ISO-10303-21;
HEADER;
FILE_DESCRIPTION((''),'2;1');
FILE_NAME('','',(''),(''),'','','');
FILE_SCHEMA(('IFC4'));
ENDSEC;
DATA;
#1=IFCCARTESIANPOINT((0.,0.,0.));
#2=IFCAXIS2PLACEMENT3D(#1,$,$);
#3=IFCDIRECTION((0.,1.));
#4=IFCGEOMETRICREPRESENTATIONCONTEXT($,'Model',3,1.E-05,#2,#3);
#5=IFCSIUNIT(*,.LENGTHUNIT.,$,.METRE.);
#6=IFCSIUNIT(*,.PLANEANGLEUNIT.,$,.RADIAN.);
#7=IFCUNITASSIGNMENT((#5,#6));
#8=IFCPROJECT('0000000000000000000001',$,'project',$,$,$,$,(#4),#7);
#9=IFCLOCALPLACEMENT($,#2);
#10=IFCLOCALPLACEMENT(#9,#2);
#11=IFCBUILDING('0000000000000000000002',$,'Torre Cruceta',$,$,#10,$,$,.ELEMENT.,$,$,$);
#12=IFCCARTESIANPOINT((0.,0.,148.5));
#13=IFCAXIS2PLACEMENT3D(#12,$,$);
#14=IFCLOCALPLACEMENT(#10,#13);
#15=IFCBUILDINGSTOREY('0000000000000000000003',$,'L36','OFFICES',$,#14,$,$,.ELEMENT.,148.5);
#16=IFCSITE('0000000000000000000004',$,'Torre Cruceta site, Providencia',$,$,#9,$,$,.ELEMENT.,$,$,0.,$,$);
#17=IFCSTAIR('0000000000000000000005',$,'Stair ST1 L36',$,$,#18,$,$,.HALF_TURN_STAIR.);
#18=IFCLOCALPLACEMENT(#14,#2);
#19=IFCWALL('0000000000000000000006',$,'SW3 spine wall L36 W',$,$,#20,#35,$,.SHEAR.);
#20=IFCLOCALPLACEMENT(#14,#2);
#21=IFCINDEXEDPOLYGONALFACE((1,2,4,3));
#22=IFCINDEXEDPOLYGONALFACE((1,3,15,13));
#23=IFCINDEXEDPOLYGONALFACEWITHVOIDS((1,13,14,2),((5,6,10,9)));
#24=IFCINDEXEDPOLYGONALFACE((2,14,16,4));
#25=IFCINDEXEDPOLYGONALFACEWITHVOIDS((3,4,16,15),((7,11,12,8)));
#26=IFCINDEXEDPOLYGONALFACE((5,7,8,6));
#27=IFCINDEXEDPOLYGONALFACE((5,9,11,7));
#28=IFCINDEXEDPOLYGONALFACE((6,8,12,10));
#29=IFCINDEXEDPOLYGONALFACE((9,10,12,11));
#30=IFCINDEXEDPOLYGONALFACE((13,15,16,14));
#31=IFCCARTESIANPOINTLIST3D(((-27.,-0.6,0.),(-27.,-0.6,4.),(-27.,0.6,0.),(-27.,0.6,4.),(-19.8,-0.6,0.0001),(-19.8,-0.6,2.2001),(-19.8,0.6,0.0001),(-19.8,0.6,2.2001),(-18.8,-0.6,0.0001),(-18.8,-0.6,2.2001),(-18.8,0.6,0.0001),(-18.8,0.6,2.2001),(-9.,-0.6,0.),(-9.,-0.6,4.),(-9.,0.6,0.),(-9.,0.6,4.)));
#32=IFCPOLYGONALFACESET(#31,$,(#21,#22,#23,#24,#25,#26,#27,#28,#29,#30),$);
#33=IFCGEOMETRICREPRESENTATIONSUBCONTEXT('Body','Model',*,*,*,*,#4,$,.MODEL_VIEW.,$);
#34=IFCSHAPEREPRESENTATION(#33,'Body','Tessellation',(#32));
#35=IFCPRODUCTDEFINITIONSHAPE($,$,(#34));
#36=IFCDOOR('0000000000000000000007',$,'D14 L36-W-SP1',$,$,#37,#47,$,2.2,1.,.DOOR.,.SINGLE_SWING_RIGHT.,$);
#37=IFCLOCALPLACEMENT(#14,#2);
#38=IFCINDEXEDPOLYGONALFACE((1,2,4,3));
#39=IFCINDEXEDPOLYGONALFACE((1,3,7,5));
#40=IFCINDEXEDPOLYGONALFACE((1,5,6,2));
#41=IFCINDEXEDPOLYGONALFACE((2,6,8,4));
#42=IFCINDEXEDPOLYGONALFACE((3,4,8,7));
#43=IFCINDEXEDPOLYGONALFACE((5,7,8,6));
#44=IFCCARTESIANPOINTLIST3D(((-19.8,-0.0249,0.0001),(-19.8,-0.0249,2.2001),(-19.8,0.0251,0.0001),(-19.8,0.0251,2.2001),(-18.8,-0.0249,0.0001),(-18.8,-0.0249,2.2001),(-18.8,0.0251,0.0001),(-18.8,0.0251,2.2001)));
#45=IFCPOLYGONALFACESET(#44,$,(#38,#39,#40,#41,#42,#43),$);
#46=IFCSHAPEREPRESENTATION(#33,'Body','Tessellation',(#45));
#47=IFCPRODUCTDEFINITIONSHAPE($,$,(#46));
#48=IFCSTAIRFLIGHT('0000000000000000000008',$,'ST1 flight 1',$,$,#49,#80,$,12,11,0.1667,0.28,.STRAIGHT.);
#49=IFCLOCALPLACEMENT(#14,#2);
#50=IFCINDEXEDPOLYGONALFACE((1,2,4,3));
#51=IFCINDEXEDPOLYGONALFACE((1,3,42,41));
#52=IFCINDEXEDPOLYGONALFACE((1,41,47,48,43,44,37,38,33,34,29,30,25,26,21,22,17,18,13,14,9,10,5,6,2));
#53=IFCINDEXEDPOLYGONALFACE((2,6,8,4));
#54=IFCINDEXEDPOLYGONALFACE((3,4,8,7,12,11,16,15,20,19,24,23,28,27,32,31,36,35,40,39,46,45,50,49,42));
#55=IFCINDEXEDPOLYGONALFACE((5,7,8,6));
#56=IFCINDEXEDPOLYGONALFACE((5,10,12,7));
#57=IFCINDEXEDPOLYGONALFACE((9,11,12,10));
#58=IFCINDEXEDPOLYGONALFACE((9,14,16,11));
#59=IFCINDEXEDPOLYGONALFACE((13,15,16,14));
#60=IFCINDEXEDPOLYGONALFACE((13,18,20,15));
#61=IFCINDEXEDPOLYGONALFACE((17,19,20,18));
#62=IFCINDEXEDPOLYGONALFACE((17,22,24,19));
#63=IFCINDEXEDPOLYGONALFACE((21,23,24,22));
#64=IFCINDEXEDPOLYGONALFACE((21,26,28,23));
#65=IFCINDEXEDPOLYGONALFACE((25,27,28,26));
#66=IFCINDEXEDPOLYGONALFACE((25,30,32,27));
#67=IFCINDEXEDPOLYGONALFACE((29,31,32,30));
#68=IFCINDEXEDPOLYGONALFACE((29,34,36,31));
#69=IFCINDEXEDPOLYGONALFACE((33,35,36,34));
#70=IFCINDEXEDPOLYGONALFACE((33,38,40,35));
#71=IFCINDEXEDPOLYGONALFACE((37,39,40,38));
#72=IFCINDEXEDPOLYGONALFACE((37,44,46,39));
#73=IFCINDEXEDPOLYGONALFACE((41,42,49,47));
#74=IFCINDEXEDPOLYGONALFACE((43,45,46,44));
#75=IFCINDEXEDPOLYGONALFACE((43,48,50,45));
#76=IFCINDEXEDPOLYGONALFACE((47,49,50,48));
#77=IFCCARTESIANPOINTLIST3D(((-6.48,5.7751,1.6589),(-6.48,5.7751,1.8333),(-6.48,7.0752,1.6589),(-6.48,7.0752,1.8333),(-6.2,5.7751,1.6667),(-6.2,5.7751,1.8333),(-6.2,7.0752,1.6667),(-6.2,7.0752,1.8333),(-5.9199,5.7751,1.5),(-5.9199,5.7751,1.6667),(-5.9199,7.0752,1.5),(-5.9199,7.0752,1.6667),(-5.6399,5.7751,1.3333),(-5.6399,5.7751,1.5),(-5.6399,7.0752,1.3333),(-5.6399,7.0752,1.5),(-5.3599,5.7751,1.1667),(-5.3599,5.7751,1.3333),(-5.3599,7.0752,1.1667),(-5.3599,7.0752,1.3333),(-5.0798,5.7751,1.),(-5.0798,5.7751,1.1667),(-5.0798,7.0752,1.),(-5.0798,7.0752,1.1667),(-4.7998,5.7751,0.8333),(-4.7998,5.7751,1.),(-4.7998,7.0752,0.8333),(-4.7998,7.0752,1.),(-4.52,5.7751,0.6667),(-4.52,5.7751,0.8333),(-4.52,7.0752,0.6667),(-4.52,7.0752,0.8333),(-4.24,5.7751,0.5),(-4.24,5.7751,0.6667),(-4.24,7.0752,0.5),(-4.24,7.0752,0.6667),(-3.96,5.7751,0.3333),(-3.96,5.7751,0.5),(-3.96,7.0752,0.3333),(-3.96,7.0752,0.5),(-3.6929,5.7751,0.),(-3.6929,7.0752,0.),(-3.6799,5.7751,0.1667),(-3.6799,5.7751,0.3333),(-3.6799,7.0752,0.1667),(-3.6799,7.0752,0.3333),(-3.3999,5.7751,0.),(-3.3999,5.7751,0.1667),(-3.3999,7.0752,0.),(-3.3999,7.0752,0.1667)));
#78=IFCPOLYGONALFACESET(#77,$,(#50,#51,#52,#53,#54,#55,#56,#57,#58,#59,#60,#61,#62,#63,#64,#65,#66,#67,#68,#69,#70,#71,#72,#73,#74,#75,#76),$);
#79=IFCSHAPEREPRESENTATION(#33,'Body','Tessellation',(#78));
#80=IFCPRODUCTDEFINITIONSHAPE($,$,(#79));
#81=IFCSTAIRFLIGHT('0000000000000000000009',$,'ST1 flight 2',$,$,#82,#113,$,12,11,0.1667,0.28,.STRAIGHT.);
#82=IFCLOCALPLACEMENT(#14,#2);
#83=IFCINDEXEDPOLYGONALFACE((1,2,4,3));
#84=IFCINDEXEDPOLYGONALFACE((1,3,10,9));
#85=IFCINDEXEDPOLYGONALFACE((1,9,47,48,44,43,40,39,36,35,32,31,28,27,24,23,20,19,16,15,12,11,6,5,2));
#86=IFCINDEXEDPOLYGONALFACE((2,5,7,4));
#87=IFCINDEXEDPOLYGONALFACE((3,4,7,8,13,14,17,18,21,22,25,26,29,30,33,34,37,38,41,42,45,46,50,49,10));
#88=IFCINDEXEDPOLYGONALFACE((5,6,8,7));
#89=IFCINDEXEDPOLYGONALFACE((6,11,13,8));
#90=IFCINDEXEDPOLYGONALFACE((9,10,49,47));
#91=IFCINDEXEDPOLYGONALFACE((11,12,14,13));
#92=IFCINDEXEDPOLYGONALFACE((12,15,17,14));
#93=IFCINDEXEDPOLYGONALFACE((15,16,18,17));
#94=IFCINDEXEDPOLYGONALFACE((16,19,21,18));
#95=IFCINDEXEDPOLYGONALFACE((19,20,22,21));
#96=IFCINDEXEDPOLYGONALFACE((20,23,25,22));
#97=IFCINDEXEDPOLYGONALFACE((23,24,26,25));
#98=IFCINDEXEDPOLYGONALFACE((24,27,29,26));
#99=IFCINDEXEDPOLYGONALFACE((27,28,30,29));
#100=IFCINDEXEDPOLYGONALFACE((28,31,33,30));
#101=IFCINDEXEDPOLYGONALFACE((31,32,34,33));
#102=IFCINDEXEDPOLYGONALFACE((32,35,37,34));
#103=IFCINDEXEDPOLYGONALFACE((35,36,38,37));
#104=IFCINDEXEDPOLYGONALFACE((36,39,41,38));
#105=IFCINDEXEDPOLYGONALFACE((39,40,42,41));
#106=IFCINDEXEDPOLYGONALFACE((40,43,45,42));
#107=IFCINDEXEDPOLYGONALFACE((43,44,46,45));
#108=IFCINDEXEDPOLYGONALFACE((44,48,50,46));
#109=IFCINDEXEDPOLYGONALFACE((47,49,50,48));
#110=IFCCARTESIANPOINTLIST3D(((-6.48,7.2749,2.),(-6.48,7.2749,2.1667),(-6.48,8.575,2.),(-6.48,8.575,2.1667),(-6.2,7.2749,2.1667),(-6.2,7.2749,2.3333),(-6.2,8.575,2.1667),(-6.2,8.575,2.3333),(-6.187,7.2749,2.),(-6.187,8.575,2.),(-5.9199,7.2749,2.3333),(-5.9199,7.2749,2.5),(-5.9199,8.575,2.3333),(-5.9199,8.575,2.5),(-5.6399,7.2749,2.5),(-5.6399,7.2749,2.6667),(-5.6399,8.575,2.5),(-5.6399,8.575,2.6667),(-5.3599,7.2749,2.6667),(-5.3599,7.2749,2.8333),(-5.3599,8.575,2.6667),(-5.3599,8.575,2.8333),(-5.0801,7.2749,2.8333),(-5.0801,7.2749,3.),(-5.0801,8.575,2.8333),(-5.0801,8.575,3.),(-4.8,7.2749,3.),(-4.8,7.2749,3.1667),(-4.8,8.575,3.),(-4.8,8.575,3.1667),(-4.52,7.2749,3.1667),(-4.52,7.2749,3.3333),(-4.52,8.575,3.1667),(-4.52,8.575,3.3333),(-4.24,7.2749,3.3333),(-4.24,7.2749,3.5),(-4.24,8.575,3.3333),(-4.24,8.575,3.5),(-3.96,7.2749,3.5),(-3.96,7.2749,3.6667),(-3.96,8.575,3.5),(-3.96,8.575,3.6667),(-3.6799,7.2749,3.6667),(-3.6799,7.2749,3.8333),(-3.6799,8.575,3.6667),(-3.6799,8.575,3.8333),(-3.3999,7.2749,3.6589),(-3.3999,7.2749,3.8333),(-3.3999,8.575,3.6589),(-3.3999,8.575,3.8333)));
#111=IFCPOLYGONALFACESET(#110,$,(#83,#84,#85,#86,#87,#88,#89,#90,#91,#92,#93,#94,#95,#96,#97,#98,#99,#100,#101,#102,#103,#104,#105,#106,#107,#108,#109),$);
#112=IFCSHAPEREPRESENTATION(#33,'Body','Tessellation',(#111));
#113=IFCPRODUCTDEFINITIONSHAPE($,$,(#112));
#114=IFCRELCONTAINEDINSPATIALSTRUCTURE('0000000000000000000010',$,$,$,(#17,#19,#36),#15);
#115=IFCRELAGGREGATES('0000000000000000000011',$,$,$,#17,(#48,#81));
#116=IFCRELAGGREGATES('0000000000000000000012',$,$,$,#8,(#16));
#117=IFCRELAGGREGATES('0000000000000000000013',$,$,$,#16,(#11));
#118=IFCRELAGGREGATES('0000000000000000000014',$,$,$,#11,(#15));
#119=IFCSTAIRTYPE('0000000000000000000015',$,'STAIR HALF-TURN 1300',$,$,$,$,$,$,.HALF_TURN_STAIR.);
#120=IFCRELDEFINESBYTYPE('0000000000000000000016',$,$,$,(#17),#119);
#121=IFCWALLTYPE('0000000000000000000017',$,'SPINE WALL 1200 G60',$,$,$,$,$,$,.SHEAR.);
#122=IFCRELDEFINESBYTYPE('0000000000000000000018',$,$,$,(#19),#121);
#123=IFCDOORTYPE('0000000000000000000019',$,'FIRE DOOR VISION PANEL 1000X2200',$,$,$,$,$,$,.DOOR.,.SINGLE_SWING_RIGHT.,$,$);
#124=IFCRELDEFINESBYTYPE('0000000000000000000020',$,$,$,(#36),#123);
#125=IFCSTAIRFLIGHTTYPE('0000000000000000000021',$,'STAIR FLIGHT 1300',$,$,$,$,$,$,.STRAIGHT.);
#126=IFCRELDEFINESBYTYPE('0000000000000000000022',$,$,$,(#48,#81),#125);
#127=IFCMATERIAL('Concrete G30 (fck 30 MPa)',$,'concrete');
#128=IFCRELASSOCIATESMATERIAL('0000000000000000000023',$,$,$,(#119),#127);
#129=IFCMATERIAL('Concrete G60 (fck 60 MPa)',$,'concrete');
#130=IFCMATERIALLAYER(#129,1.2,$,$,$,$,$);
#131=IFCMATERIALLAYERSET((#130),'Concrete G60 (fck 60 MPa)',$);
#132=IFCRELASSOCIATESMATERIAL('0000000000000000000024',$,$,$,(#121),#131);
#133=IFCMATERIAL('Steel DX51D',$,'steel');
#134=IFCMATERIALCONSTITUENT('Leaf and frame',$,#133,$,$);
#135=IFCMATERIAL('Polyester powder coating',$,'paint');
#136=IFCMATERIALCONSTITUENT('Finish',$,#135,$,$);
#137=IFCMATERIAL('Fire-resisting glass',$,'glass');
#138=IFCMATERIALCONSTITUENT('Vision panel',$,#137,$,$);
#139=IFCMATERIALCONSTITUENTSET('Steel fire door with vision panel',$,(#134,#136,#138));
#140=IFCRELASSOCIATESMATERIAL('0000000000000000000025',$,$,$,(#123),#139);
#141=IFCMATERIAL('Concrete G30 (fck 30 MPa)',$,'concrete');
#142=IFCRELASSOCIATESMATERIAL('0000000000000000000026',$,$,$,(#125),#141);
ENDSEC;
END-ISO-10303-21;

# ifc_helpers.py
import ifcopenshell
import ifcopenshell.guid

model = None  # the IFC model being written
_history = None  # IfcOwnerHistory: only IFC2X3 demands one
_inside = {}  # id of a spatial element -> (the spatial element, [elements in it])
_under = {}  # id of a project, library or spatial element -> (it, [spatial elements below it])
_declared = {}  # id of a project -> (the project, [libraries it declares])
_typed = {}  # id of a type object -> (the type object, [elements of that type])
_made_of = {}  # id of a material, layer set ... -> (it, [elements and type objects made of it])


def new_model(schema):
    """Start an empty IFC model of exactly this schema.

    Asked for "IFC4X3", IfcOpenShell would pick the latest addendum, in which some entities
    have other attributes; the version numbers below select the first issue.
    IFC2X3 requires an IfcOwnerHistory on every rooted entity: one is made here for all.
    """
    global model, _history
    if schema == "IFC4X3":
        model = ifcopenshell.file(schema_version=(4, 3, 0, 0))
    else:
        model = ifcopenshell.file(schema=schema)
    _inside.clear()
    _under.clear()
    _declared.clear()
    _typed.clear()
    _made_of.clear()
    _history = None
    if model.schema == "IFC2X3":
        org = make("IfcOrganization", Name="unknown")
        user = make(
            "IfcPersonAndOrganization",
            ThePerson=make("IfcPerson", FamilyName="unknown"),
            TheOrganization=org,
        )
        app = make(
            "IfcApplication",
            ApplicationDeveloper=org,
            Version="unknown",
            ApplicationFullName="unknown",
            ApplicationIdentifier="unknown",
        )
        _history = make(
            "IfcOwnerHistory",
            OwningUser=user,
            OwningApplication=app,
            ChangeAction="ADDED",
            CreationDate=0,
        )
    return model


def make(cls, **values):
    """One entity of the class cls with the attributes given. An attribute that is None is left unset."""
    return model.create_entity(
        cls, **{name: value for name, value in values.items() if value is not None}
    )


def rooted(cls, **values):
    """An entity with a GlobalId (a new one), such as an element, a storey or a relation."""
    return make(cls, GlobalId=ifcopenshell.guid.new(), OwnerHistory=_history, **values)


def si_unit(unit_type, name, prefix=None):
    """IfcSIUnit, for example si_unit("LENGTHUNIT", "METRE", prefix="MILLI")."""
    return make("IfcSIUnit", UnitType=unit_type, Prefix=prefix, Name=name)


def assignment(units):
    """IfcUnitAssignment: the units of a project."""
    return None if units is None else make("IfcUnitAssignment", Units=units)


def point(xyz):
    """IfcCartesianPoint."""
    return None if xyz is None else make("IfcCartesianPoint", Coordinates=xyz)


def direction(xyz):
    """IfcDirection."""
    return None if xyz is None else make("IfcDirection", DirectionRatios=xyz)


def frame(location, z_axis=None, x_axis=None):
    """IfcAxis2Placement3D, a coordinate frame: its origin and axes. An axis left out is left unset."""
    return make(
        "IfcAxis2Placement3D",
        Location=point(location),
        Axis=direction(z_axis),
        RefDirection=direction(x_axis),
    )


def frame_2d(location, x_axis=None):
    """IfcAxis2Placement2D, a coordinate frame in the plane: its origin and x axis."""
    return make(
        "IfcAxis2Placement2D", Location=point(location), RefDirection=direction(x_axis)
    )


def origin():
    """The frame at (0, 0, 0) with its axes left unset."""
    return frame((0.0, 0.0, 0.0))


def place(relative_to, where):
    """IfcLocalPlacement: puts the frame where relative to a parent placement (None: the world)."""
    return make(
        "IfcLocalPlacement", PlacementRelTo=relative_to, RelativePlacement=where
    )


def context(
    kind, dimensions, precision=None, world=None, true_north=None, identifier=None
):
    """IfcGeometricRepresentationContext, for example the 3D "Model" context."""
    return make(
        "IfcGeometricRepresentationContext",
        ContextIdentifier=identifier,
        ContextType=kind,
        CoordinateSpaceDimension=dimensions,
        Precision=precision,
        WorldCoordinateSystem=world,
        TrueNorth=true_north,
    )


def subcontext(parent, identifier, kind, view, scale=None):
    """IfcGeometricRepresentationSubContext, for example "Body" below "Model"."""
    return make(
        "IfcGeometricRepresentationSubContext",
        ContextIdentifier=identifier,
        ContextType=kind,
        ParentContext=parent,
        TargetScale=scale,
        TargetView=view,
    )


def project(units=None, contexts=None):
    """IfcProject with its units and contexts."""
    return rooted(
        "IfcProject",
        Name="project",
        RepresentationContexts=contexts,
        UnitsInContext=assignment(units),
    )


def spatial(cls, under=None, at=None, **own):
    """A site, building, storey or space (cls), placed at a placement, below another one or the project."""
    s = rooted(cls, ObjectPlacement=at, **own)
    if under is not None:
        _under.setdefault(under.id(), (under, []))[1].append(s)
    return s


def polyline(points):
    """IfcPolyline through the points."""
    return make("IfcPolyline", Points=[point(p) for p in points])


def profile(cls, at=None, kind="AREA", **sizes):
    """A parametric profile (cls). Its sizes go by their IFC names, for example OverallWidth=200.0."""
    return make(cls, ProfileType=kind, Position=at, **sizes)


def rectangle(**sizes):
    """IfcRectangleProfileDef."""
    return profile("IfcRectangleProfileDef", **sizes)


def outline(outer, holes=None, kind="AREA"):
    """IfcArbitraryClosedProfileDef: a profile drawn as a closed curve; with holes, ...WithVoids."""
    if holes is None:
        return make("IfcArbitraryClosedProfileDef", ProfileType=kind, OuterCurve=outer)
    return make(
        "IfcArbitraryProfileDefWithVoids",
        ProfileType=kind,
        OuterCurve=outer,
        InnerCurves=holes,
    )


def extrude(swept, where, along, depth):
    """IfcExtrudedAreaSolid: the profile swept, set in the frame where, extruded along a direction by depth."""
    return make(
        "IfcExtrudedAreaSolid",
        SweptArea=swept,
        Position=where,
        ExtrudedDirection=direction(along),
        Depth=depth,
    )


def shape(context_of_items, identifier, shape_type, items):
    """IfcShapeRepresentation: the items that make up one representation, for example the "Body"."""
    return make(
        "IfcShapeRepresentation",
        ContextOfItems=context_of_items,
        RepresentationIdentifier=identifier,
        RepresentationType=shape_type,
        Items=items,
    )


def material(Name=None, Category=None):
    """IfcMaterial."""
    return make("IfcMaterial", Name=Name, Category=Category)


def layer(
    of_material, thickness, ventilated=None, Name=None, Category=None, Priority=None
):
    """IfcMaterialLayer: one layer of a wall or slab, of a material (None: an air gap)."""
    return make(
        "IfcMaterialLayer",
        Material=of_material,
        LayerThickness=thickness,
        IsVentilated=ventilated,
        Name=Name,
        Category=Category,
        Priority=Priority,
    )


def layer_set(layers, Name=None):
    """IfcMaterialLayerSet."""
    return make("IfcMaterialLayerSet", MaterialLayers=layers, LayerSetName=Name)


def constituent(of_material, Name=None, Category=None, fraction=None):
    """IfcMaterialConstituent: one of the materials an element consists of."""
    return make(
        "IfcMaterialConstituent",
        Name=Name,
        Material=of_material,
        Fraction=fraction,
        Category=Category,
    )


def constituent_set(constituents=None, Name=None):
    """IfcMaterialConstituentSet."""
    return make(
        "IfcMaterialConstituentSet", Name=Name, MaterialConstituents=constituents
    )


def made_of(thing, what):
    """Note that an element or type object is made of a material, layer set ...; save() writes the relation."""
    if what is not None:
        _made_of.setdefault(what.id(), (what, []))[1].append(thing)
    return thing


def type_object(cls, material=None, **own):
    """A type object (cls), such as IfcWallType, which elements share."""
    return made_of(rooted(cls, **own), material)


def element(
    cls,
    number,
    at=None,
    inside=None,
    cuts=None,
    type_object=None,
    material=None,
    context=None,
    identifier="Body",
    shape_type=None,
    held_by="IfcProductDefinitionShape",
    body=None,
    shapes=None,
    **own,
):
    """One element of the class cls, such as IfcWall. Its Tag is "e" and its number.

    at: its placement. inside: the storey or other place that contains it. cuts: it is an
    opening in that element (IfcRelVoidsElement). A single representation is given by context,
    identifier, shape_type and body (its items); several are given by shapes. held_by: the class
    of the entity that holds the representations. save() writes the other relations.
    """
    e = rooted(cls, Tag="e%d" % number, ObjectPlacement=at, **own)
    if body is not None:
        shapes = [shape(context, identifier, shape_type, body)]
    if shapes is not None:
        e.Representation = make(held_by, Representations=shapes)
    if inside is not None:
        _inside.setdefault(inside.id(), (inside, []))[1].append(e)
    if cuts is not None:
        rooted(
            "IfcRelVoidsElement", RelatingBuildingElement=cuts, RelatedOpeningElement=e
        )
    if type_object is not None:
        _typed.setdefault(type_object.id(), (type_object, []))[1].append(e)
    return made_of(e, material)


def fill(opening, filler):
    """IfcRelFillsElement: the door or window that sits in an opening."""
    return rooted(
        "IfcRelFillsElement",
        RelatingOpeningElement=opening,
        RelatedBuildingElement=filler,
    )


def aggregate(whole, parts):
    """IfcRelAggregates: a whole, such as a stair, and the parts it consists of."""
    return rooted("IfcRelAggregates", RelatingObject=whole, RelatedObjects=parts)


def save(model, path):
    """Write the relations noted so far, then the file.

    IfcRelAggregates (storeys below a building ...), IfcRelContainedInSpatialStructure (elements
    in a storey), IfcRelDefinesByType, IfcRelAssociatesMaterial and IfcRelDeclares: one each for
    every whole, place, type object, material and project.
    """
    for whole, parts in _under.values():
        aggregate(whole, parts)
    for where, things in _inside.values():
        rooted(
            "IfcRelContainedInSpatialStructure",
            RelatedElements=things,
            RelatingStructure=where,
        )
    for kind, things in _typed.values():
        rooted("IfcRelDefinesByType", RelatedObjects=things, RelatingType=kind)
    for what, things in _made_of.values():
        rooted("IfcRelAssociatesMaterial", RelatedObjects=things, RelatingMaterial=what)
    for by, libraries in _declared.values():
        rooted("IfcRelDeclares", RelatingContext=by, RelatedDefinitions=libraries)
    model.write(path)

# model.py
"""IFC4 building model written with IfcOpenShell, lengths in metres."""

from ifc_helpers import new_model, si_unit, direction, frame, frame_2d, origin, place, context, subcontext, project, spatial, polyline, rectangle, outline, extrude, material, layer, layer_set, constituent, constituent_set, type_object, element, fill, aggregate, save


model = new_model("IFC4")

# Units and contexts
model_context = context("Model", 3, precision=1e-05, world=origin(), true_north=direction((0.0, 1.0)))
body_context = subcontext(model_context, "Body", "Model", "MODEL_VIEW")
ifc_project = project(units=[si_unit("LENGTHUNIT", "METRE"), si_unit("PLANEANGLEUNIT", "RADIAN")], contexts=[model_context])

# Site, building, storey
site_placement = place(None, origin())
site = spatial("IfcSite", under=ifc_project, at=site_placement, Name="Torre Cruceta site, Providencia", CompositionType="ELEMENT", RefElevation=0.0)
building_placement = place(site_placement, origin())
building = spatial("IfcBuilding", under=site, at=building_placement, Name="Torre Cruceta", CompositionType="ELEMENT")
storey_placement = place(building_placement, frame((0.0, 0.0, 148.5)))
storey = spatial("IfcBuildingStorey", under=building, at=storey_placement, Name="L36", Description="OFFICES", CompositionType="ELEMENT", Elevation=148.5)

# Stair
ifc_material_1 = material(Name="Concrete G30 (fck 30 MPa)", Category="concrete")
stair_type = type_object("IfcStairType", Name="STAIR HALF-TURN 1300", PredefinedType="HALF_TURN_STAIR", material=ifc_material_1)
stair_1_placement = place(storey_placement, origin())
stair_1 = element("IfcStair", 1, at=stair_1_placement, inside=storey, type_object=stair_type, Name="Stair ST1 L36", PredefinedType="HALF_TURN_STAIR")

# Wall, opening, door
ifc_material_2 = material(Name="Concrete G60 (fck 60 MPa)", Category="concrete")
ifc_layer_1 = layer(ifc_material_2, 1.2)
ifc_layer_set_1 = layer_set([ifc_layer_1], Name="Concrete G60 (fck 60 MPa)")
wall_type_1 = type_object("IfcWallType", Name="SPINE WALL 1200 G60", PredefinedType="SHEAR", material=ifc_layer_set_1)
wall_1_placement = place(storey_placement, frame((-9.0, 0.0, 0.0), z_axis=(0.0, 0.0, 1.0), x_axis=(-1.0, 0.0, 0.0)))
wall_1 = element("IfcWall", 2, at=wall_1_placement, inside=storey, type_object=wall_type_1, Name="SW3 spine wall L36 W", PredefinedType="SHEAR", context=body_context, shape_type="SweptSolid", body=[
    extrude(rectangle(XDim=18.0, YDim=1.2, at=frame_2d((9.0, 0.0))), origin(), (0.0, 0.0, 1.0), 4.0),
])
opening_1_placement = place(wall_1_placement, frame((9.8, 0.0, 0.0)))
opening_1 = element("IfcOpeningElement", 3, at=opening_1_placement, cuts=wall_1, PredefinedType="OPENING", context=body_context, shape_type="SweptSolid", body=[
    extrude(rectangle(XDim=1.0, YDim=2.2, at=frame_2d((0.5, 1.1001))), frame((0.0, 0.6099, 0.0), z_axis=(0.0, -1.0, 0.0), x_axis=(1.0, 0.0, 0.0)), (0.0, 0.0, 1.0), 1.22),
])
ifc_material_3 = material(Name="Steel DX51D", Category="steel")
ifc_constituent_1 = constituent(ifc_material_3, Name="Leaf and frame")
ifc_material_4 = material(Name="Polyester powder coating", Category="paint")
ifc_constituent_2 = constituent(ifc_material_4, Name="Finish")
ifc_material_5 = material(Name="Fire-resisting glass", Category="glass")
ifc_constituent_3 = constituent(ifc_material_5, Name="Vision panel")
ifc_constituent_set_1 = constituent_set(constituents=[ifc_constituent_1, ifc_constituent_2, ifc_constituent_3], Name="Steel fire door with vision panel")
door_type_1 = type_object("IfcDoorType", Name="FIRE DOOR VISION PANEL 1000X2200", OperationType="SINGLE_SWING_RIGHT", PredefinedType="DOOR", material=ifc_constituent_set_1)
door_1_placement = place(opening_1_placement, frame((1.0, 0.0, 0.0), z_axis=(0.0, 0.0, 1.0), x_axis=(-1.0, 0.0, 0.0)))
door_1 = element("IfcDoor", 4, at=door_1_placement, inside=storey, type_object=door_type_1, Name="D14 L36-W-SP1", OperationType="SINGLE_SWING_RIGHT", OverallHeight=2.2, OverallWidth=1.0, PredefinedType="DOOR", context=body_context, shape_type="SweptSolid", body=[
    extrude(rectangle(XDim=1.0, YDim=2.2, at=frame_2d((0.5, 1.1001))), frame((0.0, 0.0251, 0.0), z_axis=(0.0, -1.0, 0.0), x_axis=(1.0, 0.0, 0.0)), (0.0, 0.0, 1.0), 0.05),
])
fill(opening_1, door_1)

# Stair flights
ifc_material_6 = material(Name="Concrete G30 (fck 30 MPa)", Category="concrete")
stair_flight_type = type_object("IfcStairFlightType", Name="STAIR FLIGHT 1300", PredefinedType="STRAIGHT", material=ifc_material_6)
stair_flight_1_placement = place(storey_placement, frame((-3.3999, 6.425, 0.0), z_axis=(0.0, 0.0, 1.0), x_axis=(-1.0, 0.0, 0.0)))
stair_flight_1 = element("IfcStairFlight", 5, at=stair_flight_1_placement, type_object=stair_flight_type, Name="ST1 flight 1", NumberOfRisers=12, NumberOfTreads=11, PredefinedType="STRAIGHT", RiserHeight=0.1667, TreadLength=0.28, context=body_context, shape_type="SweptSolid", body=[
    extrude(outline(polyline([(0.0, 0.0), (0.0, 0.1667), (0.28, 0.1667), (0.28, 0.3333), (0.5601, 0.3333), (0.5601, 0.5), (0.8401, 0.5), (0.8401, 0.6667), (1.1201, 0.6667), (1.1201, 0.8333), (1.3999, 0.8333), (1.3999, 1.0), (1.6799, 1.0), (1.6799, 1.1667), (1.96, 1.1667), (1.96, 1.3333), (2.24, 1.3333), (2.24, 1.5), (2.52, 1.5), (2.52, 1.6667), (2.8, 1.6667), (2.8, 1.8333), (3.0801, 1.8333), (3.0801, 2.0), (3.0801, 1.6589), (0.293, 0.0), (0.0, 0.0)])), frame((0.0, 0.6499, 0.0), z_axis=(0.0, -1.0, 0.0), x_axis=(1.0, 0.0, 0.0)), (0.0, 0.0, 1.0), 1.3),
])
stair_flight_2_placement = place(storey_placement, frame((-6.48, 7.925, 2.0), z_axis=(0.0, 0.0, 1.0), x_axis=(1.0, 0.0, 0.0)))
stair_flight_2 = element("IfcStairFlight", 6, at=stair_flight_2_placement, type_object=stair_flight_type, Name="ST1 flight 2", NumberOfRisers=12, NumberOfTreads=11, PredefinedType="STRAIGHT", RiserHeight=0.1667, TreadLength=0.28, context=body_context, shape_type="SweptSolid", body=[
    extrude(outline(polyline([(0.0, 0.0), (0.0, 0.1667), (0.28, 0.1667), (0.28, 0.3333), (0.5601, 0.3333), (0.5601, 0.5), (0.8401, 0.5), (0.8401, 0.6667), (1.1201, 0.6667), (1.1201, 0.8333), (1.3999, 0.8333), (1.3999, 1.0), (1.6799, 1.0), (1.6799, 1.1667), (1.96, 1.1667), (1.96, 1.3333), (2.24, 1.3333), (2.24, 1.5), (2.52, 1.5), (2.52, 1.6667), (2.8, 1.6667), (2.8, 1.8333), (3.0801, 1.8333), (3.0801, 2.0), (3.0801, 1.6589), (0.293, 0.0), (0.0, 0.0)])), frame((0.0, 0.6499, 0.0), z_axis=(0.0, -1.0, 0.0), x_axis=(1.0, 0.0, 0.0)), (0.0, 0.0, 1.0), 1.3),
])
aggregate(stair_1, [stair_flight_1, stair_flight_2])

save(model, "model.ifc")
